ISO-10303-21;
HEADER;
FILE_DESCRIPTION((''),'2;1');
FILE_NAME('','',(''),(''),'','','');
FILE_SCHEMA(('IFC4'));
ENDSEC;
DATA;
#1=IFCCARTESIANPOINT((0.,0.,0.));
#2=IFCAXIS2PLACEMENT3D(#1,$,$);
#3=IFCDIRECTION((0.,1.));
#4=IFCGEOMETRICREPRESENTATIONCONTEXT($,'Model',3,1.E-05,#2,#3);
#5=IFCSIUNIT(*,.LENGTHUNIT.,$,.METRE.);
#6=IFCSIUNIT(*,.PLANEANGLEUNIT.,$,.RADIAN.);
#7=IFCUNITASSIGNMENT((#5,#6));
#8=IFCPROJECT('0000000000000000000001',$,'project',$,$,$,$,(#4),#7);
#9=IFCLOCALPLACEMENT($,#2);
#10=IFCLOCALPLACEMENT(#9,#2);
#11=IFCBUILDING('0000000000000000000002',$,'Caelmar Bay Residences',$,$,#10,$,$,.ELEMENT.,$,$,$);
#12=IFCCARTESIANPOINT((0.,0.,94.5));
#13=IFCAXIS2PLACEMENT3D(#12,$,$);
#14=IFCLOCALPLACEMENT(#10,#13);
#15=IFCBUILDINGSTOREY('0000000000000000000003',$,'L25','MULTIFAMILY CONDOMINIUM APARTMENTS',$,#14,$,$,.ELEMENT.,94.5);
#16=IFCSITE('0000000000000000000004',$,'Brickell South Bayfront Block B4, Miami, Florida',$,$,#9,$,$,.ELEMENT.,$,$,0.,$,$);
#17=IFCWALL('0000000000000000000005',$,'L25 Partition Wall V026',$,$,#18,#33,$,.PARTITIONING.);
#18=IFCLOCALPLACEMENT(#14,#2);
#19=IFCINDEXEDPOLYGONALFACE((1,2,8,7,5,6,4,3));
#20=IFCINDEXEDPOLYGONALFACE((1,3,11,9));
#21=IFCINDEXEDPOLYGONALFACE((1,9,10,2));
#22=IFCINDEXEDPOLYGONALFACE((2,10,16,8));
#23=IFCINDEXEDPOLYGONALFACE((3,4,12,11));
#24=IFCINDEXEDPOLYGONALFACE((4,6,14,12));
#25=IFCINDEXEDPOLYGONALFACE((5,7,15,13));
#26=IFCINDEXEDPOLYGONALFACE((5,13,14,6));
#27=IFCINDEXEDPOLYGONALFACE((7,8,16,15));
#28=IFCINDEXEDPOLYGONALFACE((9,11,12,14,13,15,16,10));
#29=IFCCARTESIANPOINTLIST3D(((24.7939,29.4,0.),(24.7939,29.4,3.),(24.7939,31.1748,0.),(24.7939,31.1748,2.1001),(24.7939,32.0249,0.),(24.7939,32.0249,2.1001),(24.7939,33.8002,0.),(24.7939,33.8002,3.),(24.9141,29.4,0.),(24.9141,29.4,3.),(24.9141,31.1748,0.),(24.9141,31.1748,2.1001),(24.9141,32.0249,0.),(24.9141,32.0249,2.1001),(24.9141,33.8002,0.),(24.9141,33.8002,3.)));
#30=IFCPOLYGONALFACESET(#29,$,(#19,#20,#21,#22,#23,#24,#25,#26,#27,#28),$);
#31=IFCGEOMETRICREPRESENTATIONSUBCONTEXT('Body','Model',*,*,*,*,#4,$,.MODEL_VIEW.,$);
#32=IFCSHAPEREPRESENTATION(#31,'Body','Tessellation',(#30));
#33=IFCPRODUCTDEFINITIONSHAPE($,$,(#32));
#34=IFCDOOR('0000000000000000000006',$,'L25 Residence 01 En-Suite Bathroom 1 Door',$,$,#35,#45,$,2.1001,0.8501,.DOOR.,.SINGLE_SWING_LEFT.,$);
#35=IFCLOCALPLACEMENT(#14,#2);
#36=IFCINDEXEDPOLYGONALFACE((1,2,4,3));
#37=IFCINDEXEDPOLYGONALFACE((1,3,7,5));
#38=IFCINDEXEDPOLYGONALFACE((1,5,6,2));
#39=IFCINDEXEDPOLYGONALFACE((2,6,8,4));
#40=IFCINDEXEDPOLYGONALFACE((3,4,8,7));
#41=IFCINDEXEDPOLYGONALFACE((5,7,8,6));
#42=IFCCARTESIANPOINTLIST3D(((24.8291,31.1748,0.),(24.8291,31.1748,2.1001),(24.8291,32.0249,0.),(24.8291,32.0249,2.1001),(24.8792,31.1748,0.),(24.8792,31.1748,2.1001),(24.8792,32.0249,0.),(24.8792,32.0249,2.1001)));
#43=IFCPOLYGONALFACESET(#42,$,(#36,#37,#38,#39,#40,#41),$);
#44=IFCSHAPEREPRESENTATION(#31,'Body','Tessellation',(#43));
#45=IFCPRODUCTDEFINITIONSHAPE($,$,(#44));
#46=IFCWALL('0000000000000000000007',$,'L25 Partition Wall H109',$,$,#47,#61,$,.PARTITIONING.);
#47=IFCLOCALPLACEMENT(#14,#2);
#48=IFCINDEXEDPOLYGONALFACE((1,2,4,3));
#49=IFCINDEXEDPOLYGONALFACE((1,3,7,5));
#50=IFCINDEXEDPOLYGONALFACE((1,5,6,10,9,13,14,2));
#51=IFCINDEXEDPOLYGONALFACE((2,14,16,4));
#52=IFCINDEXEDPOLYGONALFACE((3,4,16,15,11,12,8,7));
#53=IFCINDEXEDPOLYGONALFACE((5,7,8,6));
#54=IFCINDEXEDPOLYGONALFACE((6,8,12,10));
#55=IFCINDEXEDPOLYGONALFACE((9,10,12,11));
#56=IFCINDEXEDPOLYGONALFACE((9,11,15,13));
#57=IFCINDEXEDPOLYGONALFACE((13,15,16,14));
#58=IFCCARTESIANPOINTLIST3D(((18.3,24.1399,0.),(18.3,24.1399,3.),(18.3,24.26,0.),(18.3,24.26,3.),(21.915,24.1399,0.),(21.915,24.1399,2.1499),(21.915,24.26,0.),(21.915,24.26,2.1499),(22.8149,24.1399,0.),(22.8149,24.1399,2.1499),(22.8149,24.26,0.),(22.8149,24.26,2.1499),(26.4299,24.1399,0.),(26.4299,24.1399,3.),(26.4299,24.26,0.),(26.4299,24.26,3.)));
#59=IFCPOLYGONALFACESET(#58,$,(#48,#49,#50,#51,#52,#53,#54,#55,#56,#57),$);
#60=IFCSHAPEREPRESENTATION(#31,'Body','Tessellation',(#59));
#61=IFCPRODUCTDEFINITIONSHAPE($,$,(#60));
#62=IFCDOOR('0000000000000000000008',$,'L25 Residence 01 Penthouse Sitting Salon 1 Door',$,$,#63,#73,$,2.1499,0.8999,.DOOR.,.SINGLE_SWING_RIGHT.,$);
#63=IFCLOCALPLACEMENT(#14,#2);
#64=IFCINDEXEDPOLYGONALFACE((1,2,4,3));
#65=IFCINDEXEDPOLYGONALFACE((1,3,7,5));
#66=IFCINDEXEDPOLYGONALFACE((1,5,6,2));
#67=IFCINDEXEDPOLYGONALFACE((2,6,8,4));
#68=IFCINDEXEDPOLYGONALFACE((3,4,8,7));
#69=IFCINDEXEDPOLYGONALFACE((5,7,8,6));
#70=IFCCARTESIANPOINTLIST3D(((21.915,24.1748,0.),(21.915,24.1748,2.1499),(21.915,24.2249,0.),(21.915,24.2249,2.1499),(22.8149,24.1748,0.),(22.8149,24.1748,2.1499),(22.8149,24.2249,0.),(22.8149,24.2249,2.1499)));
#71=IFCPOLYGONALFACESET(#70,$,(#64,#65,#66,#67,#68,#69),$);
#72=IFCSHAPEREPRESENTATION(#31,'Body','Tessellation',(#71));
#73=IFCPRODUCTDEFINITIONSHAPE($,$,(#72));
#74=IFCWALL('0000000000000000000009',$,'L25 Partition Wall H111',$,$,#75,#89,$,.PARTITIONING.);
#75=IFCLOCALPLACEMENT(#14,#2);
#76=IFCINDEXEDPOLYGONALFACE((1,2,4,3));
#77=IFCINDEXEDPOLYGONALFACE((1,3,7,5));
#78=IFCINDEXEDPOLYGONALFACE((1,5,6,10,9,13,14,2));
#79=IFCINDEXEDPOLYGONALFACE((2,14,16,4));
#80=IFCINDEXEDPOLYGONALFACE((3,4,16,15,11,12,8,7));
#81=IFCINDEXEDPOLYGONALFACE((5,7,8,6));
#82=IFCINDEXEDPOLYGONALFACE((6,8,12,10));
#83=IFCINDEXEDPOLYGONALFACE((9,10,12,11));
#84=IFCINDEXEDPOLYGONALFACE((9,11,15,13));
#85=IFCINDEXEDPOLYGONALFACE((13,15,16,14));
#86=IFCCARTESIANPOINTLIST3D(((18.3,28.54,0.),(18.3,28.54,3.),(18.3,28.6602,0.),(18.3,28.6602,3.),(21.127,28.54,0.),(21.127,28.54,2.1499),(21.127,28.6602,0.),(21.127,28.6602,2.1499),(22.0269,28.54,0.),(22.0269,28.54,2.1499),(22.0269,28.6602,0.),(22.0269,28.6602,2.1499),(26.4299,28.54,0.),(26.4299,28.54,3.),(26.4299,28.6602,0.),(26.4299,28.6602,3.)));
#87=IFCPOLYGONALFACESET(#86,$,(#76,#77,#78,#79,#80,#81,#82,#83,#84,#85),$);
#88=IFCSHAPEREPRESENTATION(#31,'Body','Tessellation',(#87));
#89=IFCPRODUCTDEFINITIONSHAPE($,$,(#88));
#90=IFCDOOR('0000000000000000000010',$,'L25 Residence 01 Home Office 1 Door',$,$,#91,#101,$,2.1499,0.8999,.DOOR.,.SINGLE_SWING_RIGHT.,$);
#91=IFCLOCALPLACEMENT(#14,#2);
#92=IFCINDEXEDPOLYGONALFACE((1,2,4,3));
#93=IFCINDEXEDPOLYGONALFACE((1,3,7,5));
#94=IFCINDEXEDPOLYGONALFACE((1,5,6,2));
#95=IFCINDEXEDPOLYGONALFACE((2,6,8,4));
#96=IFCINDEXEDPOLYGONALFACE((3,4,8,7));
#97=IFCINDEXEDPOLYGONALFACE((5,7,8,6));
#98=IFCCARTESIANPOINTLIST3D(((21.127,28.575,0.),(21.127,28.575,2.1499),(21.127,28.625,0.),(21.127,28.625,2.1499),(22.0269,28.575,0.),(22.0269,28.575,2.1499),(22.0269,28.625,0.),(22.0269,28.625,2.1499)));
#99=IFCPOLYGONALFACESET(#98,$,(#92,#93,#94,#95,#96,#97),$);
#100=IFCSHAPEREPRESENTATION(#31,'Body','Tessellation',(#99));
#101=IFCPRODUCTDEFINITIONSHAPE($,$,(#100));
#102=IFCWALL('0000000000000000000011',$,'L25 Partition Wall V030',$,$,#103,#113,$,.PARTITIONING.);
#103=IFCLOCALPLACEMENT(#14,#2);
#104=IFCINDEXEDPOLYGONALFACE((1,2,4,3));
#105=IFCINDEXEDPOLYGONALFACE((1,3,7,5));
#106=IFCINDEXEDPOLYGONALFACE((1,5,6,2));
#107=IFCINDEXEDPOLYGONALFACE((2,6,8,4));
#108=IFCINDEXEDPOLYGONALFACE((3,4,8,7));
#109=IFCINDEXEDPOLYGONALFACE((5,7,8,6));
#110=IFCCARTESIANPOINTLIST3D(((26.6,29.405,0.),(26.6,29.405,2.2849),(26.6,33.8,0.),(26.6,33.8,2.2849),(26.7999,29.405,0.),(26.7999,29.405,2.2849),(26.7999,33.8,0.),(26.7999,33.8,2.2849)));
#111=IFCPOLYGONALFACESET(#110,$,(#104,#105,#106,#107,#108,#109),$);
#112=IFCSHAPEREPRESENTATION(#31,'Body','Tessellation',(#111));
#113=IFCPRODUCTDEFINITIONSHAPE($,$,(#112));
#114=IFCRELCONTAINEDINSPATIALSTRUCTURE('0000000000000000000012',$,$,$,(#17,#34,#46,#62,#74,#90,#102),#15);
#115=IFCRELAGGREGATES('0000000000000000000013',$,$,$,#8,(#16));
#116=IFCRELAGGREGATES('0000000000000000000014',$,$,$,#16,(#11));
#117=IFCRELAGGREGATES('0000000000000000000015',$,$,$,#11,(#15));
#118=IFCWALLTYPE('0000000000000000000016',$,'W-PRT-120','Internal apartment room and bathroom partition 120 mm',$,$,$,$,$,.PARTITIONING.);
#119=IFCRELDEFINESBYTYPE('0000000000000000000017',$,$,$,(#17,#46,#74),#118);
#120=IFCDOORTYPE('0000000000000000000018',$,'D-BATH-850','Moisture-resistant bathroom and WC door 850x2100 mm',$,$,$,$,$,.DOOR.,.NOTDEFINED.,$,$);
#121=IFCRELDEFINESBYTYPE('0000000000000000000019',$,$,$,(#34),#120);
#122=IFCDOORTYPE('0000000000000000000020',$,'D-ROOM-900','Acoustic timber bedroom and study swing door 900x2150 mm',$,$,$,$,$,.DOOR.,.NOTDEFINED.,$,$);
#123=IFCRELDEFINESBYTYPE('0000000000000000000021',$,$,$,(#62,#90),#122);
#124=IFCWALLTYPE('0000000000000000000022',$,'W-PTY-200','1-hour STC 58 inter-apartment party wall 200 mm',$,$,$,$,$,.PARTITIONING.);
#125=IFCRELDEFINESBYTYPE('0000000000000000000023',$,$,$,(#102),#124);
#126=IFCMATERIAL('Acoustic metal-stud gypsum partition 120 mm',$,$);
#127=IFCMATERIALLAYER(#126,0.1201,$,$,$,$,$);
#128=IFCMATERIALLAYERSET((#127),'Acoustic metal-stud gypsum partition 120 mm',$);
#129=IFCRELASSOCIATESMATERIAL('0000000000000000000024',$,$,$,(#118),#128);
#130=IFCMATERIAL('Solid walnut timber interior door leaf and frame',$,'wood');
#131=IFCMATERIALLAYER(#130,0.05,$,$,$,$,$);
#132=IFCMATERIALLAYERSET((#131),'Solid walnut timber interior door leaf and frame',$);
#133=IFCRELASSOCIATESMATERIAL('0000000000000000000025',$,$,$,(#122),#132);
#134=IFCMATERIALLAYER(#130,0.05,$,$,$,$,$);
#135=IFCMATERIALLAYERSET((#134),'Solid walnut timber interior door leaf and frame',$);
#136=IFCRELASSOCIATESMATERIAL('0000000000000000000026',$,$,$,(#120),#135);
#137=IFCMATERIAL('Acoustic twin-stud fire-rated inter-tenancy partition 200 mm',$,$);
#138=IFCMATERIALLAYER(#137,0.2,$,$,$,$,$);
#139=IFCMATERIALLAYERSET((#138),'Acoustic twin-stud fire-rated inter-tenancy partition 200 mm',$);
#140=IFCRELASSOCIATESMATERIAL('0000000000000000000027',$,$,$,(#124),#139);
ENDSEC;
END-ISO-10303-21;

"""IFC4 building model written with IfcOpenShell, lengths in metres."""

from ifc_helpers import new_model, si_unit, direction, frame, frame_2d, origin, place, context, subcontext, project, spatial, rectangle, extrude, material, layer, layer_set, type_object, element, fill, save


model = new_model("IFC4")

# Units and contexts
model_context = context("Model", 3, precision=1e-05, world=origin(), true_north=direction((0.0, 1.0)))
body_context = subcontext(model_context, "Body", "Model", "MODEL_VIEW")
ifc_project = project(units=[si_unit("LENGTHUNIT", "METRE"), si_unit("PLANEANGLEUNIT", "RADIAN")], contexts=[model_context])

# Site, building, storey
site_placement = place(None, origin())
site = spatial("IfcSite", under=ifc_project, at=site_placement, Name="Brickell South Bayfront Block B4, Miami, Florida", CompositionType="ELEMENT", RefElevation=0.0)
building_placement = place(site_placement, origin())
building = spatial("IfcBuilding", under=site, at=building_placement, Name="Caelmar Bay Residences", CompositionType="ELEMENT")
storey_placement = place(building_placement, frame((0.0, 0.0, 94.5)))
storey = spatial("IfcBuildingStorey", under=building, at=storey_placement, Name="L25", Description="MULTIFAMILY CONDOMINIUM APARTMENTS", CompositionType="ELEMENT", Elevation=94.5)

# Shared definitions
ifc_material_1 = material(Name="Acoustic metal-stud gypsum partition 120 mm")
ifc_layer_1 = layer(ifc_material_1, 0.1201)
ifc_layer_set_1 = layer_set([ifc_layer_1], Name="Acoustic metal-stud gypsum partition 120 mm")
wall_type_1 = type_object("IfcWallType", Name="W-PRT-120", Description="Internal apartment room and bathroom partition 120 mm", PredefinedType="PARTITIONING", material=ifc_layer_set_1)

# Shared definitions
ifc_material_2 = material(Name="Solid walnut timber interior door leaf and frame", Category="wood")
ifc_layer_2 = layer(ifc_material_2, 0.05)
ifc_layer_set_2 = layer_set([ifc_layer_2], Name="Solid walnut timber interior door leaf and frame")
door_type_1 = type_object("IfcDoorType", Name="D-ROOM-900", Description="Acoustic timber bedroom and study swing door 900x2150 mm", OperationType="NOTDEFINED", PredefinedType="DOOR", material=ifc_layer_set_2)

# Walls, openings, doors
wall_1_placement = place(storey_placement, frame((24.854, 29.3999, 0.0), z_axis=(0.0, 0.0, 1.0), x_axis=(0.0, 1.0, 0.0)))
wall_1 = element("IfcWall", 1, at=wall_1_placement, inside=storey, type_object=wall_type_1, Name="L25 Partition Wall V026", PredefinedType="PARTITIONING", context=body_context, shape_type="SweptSolid", body=[
    extrude(rectangle(XDim=4.4001, YDim=0.1201, at=frame_2d((2.2002, 0.0))), origin(), (0.0, 0.0, 1.0), 3.0),
])
opening_1_placement = place(wall_1_placement, frame((1.7749, 0.0, 0.0)))
opening_1 = element("IfcOpeningElement", 2, at=opening_1_placement, cuts=wall_1, PredefinedType="OPENING", context=body_context, shape_type="SweptSolid", body=[
    extrude(rectangle(XDim=0.8501, YDim=2.1001, at=frame_2d((0.425, 1.05))), frame((0.0, 0.0701, 0.0), z_axis=(0.0, -1.0, 0.0), x_axis=(1.0, 0.0, 0.0)), (0.0, 0.0, 1.0), 0.1401),
])
ifc_layer_3 = layer(ifc_material_2, 0.05)
ifc_layer_set_3 = layer_set([ifc_layer_3], Name="Solid walnut timber interior door leaf and frame")
door_type_2 = type_object("IfcDoorType", Name="D-BATH-850", Description="Moisture-resistant bathroom and WC door 850x2100 mm", OperationType="NOTDEFINED", PredefinedType="DOOR", material=ifc_layer_set_3)
door_1_placement = place(opening_1_placement, origin())
door_1 = element("IfcDoor", 3, at=door_1_placement, inside=storey, type_object=door_type_2, Name="L25 Residence 01 En-Suite Bathroom 1 Door", OperationType="SINGLE_SWING_LEFT", OverallHeight=2.1001, OverallWidth=0.8501, PredefinedType="DOOR", context=body_context, shape_type="SweptSolid", body=[
    extrude(rectangle(XDim=0.8501, YDim=2.1001, at=frame_2d((0.425, 1.05))), frame((0.0, 0.0249, 0.0), z_axis=(0.0, -1.0, 0.0), x_axis=(1.0, 0.0, 0.0)), (0.0, 0.0, 1.0), 0.05),
])
fill(opening_1, door_1)
wall_2_placement = place(storey_placement, frame((18.3, 24.2, 0.0), z_axis=(0.0, 0.0, 1.0), x_axis=(1.0, 0.0, 0.0)))
wall_2 = element("IfcWall", 4, at=wall_2_placement, inside=storey, type_object=wall_type_1, Name="L25 Partition Wall H109", PredefinedType="PARTITIONING", context=body_context, shape_type="SweptSolid", body=[
    extrude(rectangle(XDim=8.1299, YDim=0.1201, at=frame_2d((4.0649, 0.0))), origin(), (0.0, 0.0, 1.0), 3.0),
])
opening_2_placement = place(wall_2_placement, frame((3.615, 0.0, 0.0)))
opening_2 = element("IfcOpeningElement", 5, at=opening_2_placement, cuts=wall_2, PredefinedType="OPENING", context=body_context, shape_type="SweptSolid", body=[
    extrude(rectangle(XDim=0.8999, YDim=2.1499, at=frame_2d((0.45, 1.075))), frame((0.0, 0.0701, 0.0), z_axis=(0.0, -1.0, 0.0), x_axis=(1.0, 0.0, 0.0)), (0.0, 0.0, 1.0), 0.1401),
])
door_2_placement = place(opening_2_placement, origin())
door_2 = element("IfcDoor", 6, at=door_2_placement, inside=storey, type_object=door_type_1, Name="L25 Residence 01 Penthouse Sitting Salon 1 Door", OperationType="SINGLE_SWING_RIGHT", OverallHeight=2.1499, OverallWidth=0.8999, PredefinedType="DOOR", context=body_context, shape_type="SweptSolid", body=[
    extrude(rectangle(XDim=0.8999, YDim=2.1499, at=frame_2d((0.45, 1.075))), frame((0.0, 0.0249, 0.0), z_axis=(0.0, -1.0, 0.0), x_axis=(1.0, 0.0, 0.0)), (0.0, 0.0, 1.0), 0.05),
])
fill(opening_2, door_2)
wall_3_placement = place(storey_placement, frame((18.3, 28.6001, 0.0), z_axis=(0.0, 0.0, 1.0), x_axis=(1.0, 0.0, 0.0)))
wall_3 = element("IfcWall", 7, at=wall_3_placement, inside=storey, type_object=wall_type_1, Name="L25 Partition Wall H111", PredefinedType="PARTITIONING", context=body_context, shape_type="SweptSolid", body=[
    extrude(rectangle(XDim=8.1299, YDim=0.1201, at=frame_2d((4.0649, 0.0))), origin(), (0.0, 0.0, 1.0), 3.0),
])
opening_3_placement = place(wall_3_placement, frame((2.8269, 0.0, 0.0)))
opening_3 = element("IfcOpeningElement", 8, at=opening_3_placement, cuts=wall_3, PredefinedType="OPENING", context=body_context, shape_type="SweptSolid", body=[
    extrude(rectangle(XDim=0.8999, YDim=2.1499, at=frame_2d((0.45, 1.075))), frame((0.0, 0.0701, 0.0), z_axis=(0.0, -1.0, 0.0), x_axis=(1.0, 0.0, 0.0)), (0.0, 0.0, 1.0), 0.1401),
])
door_3_placement = place(opening_3_placement, origin())
door_3 = element("IfcDoor", 9, at=door_3_placement, inside=storey, type_object=door_type_1, Name="L25 Residence 01 Home Office 1 Door", OperationType="SINGLE_SWING_RIGHT", OverallHeight=2.1499, OverallWidth=0.8999, PredefinedType="DOOR", context=body_context, shape_type="SweptSolid", body=[
    extrude(rectangle(XDim=0.8999, YDim=2.1499, at=frame_2d((0.45, 1.075))), frame((0.0, 0.0249, 0.0), z_axis=(0.0, -1.0, 0.0), x_axis=(1.0, 0.0, 0.0)), (0.0, 0.0, 1.0), 0.05),
])
fill(opening_3, door_3)

# Wall
ifc_material_3 = material(Name="Acoustic twin-stud fire-rated inter-tenancy partition 200 mm")
ifc_layer_4 = layer(ifc_material_3, 0.2)
ifc_layer_set_4 = layer_set([ifc_layer_4], Name="Acoustic twin-stud fire-rated inter-tenancy partition 200 mm")
wall_type_2 = type_object("IfcWallType", Name="W-PTY-200", Description="1-hour STC 58 inter-apartment party wall 200 mm", PredefinedType="PARTITIONING", material=ifc_layer_set_4)
wall_4_placement = place(storey_placement, frame((26.7, 29.405, 0.0), z_axis=(0.0, 0.0, 1.0), x_axis=(0.0, 1.0, 0.0)))
element("IfcWall", 10, at=wall_4_placement, inside=storey, type_object=wall_type_2, Name="L25 Partition Wall V030", PredefinedType="PARTITIONING", context=body_context, shape_type="SweptSolid", body=[
    extrude(rectangle(XDim=4.395, YDim=0.2, at=frame_2d((2.1975, 0.0))), origin(), (0.0, 0.0, 1.0), 2.2849),
])

save(model, "model.ifc")
